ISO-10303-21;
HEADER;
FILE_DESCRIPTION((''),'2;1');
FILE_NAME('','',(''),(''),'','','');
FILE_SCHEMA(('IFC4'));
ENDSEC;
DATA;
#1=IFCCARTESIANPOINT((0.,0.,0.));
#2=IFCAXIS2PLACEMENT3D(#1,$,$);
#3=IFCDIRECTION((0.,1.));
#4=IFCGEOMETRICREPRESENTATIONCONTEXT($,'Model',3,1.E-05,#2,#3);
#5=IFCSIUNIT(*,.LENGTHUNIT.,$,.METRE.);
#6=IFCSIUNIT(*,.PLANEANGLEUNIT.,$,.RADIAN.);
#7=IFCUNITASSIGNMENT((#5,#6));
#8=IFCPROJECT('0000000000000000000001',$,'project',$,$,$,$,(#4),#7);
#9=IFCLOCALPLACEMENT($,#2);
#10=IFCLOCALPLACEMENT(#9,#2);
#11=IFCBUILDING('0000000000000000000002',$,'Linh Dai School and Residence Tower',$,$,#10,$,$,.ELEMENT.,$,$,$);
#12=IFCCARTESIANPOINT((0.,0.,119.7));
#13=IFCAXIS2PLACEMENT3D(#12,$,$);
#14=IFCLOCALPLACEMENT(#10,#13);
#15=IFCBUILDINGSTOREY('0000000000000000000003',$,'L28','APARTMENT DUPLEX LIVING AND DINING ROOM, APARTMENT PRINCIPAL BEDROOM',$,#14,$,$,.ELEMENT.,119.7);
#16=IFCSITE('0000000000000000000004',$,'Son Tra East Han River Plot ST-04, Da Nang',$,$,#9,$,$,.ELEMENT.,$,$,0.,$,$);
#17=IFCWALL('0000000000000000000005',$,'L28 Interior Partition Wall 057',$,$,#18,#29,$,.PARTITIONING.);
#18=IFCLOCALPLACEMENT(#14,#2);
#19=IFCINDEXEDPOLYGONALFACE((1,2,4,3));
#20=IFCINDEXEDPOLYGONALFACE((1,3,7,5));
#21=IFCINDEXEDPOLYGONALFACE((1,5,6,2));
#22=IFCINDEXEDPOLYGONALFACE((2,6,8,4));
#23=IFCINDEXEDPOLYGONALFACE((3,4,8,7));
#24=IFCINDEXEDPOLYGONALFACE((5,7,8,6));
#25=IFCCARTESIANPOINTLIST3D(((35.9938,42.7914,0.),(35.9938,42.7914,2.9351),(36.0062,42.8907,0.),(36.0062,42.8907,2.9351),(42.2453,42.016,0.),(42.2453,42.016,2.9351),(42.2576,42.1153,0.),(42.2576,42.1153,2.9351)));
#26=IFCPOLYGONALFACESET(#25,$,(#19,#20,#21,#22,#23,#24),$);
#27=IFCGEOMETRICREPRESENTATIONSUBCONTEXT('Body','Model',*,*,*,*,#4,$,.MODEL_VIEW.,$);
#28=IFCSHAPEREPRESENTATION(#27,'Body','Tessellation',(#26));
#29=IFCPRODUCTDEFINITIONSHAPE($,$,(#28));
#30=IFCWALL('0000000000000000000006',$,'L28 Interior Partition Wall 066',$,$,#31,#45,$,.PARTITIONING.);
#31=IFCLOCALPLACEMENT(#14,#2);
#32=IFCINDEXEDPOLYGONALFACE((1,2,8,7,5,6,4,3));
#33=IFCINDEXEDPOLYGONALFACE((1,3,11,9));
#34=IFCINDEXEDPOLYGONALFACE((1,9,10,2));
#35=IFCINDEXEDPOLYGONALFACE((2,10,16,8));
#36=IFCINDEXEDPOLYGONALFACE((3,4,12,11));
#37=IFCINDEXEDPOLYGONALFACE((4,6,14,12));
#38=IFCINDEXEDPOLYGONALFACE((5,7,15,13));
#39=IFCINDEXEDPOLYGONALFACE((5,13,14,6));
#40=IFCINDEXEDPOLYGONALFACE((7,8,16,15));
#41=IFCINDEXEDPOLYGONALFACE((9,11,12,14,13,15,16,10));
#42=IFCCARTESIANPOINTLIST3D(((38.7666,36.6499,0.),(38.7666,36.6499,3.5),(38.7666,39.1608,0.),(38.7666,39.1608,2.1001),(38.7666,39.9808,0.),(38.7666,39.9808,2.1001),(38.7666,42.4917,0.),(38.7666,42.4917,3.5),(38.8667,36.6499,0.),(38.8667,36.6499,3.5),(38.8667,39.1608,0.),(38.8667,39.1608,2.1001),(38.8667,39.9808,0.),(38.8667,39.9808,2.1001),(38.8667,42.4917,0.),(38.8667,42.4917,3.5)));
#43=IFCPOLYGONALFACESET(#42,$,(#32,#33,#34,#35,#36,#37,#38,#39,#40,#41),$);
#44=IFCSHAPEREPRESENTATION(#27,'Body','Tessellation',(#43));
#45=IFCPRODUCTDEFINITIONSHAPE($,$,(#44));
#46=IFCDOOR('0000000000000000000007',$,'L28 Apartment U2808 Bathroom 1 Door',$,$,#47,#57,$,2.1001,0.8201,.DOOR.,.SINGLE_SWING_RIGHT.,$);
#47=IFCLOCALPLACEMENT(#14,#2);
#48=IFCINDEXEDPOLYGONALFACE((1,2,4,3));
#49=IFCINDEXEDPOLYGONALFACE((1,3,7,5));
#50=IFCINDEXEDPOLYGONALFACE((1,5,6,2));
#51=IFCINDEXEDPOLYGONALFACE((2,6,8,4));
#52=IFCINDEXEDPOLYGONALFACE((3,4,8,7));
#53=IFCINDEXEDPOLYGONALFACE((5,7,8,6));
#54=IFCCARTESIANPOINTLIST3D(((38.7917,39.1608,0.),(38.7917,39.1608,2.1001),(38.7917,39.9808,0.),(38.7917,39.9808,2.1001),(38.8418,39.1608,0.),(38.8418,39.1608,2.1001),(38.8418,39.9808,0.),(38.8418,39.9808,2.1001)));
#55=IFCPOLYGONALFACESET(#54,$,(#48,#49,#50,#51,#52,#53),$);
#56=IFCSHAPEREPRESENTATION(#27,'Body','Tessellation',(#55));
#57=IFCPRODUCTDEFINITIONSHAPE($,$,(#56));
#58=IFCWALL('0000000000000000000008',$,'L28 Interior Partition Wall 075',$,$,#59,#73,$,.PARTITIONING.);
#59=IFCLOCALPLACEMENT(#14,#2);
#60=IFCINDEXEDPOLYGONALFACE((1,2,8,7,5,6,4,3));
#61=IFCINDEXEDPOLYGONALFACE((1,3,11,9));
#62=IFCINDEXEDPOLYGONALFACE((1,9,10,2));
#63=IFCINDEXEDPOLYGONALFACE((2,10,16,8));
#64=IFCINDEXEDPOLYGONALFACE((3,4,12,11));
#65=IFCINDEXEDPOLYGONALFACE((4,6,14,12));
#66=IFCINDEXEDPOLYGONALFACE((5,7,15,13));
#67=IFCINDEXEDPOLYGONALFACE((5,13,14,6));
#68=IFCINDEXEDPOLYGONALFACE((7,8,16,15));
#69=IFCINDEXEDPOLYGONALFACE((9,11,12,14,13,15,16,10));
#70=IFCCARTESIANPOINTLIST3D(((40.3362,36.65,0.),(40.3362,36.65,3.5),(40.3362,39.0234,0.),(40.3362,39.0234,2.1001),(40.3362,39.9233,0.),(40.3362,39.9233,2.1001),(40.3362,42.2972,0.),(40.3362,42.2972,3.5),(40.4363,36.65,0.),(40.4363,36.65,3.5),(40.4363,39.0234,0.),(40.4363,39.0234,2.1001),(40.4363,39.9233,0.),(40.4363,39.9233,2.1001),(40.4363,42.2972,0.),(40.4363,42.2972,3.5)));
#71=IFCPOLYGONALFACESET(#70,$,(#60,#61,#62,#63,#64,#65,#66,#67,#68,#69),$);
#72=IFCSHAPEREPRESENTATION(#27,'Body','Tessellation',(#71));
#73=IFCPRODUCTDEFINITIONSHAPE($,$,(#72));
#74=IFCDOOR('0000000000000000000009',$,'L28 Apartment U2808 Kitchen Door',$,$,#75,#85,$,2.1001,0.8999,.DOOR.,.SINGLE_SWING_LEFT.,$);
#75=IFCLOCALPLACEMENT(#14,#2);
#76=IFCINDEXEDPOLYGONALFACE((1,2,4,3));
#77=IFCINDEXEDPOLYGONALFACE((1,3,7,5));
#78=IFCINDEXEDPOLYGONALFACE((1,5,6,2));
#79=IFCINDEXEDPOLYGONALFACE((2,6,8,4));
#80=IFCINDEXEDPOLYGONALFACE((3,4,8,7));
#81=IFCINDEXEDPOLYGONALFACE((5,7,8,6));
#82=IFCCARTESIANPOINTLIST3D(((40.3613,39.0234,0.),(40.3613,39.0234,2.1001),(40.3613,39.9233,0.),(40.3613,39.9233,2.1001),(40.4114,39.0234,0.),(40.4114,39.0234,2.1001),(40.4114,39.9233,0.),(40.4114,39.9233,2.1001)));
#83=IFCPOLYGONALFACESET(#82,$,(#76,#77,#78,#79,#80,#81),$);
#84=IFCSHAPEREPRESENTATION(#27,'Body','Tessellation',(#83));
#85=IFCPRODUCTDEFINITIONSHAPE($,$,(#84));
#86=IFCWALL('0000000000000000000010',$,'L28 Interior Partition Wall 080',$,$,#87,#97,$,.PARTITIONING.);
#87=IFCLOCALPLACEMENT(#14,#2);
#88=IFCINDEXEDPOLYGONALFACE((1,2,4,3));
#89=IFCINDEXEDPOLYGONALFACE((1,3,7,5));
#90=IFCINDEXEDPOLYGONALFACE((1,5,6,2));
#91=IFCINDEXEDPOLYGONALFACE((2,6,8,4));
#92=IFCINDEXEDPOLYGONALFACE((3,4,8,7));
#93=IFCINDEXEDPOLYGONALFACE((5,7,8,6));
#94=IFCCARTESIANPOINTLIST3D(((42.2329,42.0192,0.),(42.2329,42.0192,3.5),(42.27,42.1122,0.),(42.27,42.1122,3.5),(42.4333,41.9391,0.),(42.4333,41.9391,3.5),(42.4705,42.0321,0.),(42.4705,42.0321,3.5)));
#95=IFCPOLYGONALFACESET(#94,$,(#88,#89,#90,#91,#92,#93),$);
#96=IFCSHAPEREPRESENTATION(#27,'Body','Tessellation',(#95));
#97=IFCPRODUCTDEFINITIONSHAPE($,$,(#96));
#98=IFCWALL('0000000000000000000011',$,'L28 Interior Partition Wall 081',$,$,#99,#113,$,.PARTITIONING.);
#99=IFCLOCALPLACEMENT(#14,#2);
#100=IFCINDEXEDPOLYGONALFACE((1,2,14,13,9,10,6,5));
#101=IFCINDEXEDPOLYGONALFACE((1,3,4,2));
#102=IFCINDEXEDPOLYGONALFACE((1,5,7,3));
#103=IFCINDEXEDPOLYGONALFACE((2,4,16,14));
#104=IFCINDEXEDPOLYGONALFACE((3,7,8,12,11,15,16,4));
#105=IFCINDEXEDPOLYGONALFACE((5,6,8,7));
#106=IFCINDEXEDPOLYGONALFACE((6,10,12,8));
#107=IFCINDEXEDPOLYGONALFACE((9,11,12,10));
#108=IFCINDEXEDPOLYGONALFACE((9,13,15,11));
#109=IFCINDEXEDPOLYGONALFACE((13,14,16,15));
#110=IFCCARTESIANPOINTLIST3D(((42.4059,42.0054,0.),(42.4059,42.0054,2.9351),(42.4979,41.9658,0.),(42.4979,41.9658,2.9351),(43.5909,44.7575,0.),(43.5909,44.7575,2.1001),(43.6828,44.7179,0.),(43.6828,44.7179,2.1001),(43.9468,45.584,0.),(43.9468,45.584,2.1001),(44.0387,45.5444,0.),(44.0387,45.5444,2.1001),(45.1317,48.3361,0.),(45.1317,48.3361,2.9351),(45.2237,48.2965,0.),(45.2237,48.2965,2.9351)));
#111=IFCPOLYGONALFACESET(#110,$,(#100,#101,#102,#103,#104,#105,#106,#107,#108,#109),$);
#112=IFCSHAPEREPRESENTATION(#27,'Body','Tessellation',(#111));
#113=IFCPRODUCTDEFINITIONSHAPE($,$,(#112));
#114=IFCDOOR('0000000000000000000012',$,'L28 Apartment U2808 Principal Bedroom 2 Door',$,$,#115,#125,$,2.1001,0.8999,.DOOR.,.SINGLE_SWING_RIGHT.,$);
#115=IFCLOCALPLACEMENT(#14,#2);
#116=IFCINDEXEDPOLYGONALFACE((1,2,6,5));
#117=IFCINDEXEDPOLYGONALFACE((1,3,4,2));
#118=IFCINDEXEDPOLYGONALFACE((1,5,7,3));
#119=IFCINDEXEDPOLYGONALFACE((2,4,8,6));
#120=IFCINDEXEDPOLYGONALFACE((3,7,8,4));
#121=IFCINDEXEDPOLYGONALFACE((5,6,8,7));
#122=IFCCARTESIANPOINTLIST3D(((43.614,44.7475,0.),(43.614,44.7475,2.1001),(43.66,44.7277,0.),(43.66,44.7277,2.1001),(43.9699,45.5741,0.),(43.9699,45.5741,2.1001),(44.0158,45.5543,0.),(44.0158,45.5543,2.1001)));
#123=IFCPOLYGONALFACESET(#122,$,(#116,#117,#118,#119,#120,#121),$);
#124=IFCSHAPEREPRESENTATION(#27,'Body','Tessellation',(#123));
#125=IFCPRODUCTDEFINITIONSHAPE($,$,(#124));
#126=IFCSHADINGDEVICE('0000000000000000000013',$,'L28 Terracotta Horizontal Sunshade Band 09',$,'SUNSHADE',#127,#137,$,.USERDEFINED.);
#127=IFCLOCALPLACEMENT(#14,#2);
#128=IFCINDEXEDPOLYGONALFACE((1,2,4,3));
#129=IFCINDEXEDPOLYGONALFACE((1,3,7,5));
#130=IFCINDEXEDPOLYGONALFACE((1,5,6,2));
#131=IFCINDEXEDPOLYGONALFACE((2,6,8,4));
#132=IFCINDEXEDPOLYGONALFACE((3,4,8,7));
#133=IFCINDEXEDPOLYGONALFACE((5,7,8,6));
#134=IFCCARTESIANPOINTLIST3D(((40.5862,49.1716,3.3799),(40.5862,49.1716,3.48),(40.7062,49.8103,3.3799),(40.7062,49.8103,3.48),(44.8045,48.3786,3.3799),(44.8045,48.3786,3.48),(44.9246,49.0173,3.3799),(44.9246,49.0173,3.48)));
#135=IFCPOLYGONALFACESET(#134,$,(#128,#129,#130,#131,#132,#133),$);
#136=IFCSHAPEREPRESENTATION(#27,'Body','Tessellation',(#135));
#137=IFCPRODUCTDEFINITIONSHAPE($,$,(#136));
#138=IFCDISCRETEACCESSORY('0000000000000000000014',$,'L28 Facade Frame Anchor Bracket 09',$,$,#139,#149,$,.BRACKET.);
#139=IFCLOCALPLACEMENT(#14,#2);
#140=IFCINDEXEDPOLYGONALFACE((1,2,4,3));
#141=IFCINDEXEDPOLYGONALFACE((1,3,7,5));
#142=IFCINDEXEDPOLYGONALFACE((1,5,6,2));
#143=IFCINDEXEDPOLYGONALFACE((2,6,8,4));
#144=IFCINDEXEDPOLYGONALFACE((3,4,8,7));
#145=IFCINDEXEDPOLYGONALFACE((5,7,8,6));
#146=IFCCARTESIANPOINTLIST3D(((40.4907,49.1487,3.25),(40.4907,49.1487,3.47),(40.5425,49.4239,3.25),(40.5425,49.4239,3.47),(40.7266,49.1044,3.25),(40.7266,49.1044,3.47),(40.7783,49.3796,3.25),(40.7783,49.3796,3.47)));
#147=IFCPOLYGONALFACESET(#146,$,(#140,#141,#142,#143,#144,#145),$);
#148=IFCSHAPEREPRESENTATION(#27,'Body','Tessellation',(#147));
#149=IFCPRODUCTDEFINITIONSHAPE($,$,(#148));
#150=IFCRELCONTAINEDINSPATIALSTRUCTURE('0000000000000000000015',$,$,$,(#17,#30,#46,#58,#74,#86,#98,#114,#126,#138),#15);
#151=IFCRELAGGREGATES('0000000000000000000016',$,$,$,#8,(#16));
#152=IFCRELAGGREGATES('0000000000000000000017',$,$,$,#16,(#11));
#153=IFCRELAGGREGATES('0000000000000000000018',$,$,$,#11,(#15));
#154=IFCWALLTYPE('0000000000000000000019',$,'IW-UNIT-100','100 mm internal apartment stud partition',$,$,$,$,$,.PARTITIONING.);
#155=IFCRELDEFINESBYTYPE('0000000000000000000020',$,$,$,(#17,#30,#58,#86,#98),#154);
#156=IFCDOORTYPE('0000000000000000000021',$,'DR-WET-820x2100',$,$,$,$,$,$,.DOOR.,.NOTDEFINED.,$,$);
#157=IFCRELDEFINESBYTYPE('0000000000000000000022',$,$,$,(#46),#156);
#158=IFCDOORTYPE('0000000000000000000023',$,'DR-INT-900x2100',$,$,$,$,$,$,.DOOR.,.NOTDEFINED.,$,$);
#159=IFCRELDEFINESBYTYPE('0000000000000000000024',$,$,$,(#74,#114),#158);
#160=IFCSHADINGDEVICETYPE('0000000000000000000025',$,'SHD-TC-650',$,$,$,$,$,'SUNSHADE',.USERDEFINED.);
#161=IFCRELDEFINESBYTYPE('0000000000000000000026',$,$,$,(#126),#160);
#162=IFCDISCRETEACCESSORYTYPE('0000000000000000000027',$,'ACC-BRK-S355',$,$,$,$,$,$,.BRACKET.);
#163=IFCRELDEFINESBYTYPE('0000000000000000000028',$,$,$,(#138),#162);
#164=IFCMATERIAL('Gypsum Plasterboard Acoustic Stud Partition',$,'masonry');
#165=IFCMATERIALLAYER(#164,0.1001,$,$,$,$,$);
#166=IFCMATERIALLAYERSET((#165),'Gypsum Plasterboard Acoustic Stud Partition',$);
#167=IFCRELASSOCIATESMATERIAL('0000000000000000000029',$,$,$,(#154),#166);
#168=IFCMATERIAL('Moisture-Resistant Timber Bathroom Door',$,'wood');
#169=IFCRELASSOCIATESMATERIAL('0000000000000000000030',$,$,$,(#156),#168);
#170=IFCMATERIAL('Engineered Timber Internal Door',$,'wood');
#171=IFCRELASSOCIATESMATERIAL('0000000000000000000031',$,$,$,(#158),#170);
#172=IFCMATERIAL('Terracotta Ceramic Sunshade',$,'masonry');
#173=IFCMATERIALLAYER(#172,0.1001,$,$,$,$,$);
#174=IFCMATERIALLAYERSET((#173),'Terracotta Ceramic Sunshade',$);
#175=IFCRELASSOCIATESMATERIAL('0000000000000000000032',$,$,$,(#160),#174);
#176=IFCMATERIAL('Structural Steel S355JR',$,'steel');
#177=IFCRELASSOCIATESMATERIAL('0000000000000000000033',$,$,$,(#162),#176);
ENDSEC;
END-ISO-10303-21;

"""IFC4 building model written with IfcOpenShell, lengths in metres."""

from ifc_helpers import new_model, si_unit, direction, frame, frame_2d, origin, origin_2d, place, context, subcontext, project, spatial, rectangle, extrude, source, transform, mapped, material, layer, layer_set, type_object, element, fill, save


model = new_model("IFC4")

# Units and contexts
model_context = context("Model", 3, precision=1e-05, world=origin(), true_north=direction((0.0, 1.0)))
body_context = subcontext(model_context, "Body", "Model", "MODEL_VIEW")
ifc_project = project(units=[si_unit("LENGTHUNIT", "METRE"), si_unit("PLANEANGLEUNIT", "RADIAN")], contexts=[model_context])

# Site, building, storey
site_placement = place(None, origin())
site = spatial("IfcSite", under=ifc_project, at=site_placement, Name="Son Tra East Han River Plot ST-04, Da Nang", CompositionType="ELEMENT", RefElevation=0.0)
building_placement = place(site_placement, origin())
building = spatial("IfcBuilding", under=site, at=building_placement, Name="Linh Dai School and Residence Tower", CompositionType="ELEMENT")
storey_placement = place(building_placement, frame((0.0, 0.0, 119.7)))
storey = spatial("IfcBuildingStorey", under=building, at=storey_placement, Name="L28", Description="APARTMENT DUPLEX LIVING AND DINING ROOM, APARTMENT PRINCIPAL BEDROOM", CompositionType="ELEMENT", Elevation=119.7)

# Shared definitions
ifc_material_1 = material(Name="Structural Steel S355JR", Category="steel")

# Wall
ifc_material_2 = material(Name="Gypsum Plasterboard Acoustic Stud Partition", Category="masonry")
ifc_layer_1 = layer(ifc_material_2, 0.1001)
ifc_layer_set_1 = layer_set([ifc_layer_1], Name="Gypsum Plasterboard Acoustic Stud Partition")
wall_type_1 = type_object("IfcWallType", Name="IW-UNIT-100", Description="100 mm internal apartment stud partition", PredefinedType="PARTITIONING", material=ifc_layer_set_1)
wall_1_placement = place(storey_placement, frame((36.0, 42.8411, 0.0), z_axis=(0.0, 0.0, 1.0), x_axis=(0.992395, -0.12309, 0.0)))
element("IfcWall", 1, at=wall_1_placement, inside=storey, type_object=wall_type_1, Name="L28 Interior Partition Wall 057", PredefinedType="PARTITIONING", context=body_context, shape_type="SweptSolid", body=[
    extrude(rectangle(XDim=6.2993, YDim=0.1001, at=frame_2d((3.1497, 0.0))), origin(), (0.0, 0.0, 1.0), 2.9351),
])

# Walls, openings, doors
wall_2_placement = place(storey_placement, frame((38.8167, 36.6499, 0.0), z_axis=(0.0, 0.0, 1.0), x_axis=(0.0, 1.0, 0.0)))
wall_2 = element("IfcWall", 2, at=wall_2_placement, inside=storey, type_object=wall_type_1, Name="L28 Interior Partition Wall 066", PredefinedType="PARTITIONING", context=body_context, shape_type="SweptSolid", body=[
    extrude(rectangle(XDim=5.8418, YDim=0.1001, at=frame_2d((2.9209, 0.0))), origin(), (0.0, 0.0, 1.0), 3.5),
])
opening_1_placement = place(wall_2_placement, frame((2.5107, 0.0, 0.0)))
opening_1 = element("IfcOpeningElement", 3, at=opening_1_placement, cuts=wall_2, PredefinedType="OPENING", context=body_context, shape_type="SweptSolid", body=[
    extrude(rectangle(XDim=0.8201, YDim=2.1001, at=origin_2d()), frame((0.4102, 0.0601, 1.05), z_axis=(0.0, -1.0, 0.0), x_axis=(1.0, 0.0, 0.0)), (0.0, 0.0, 1.0), 0.1201),
])
ifc_material_3 = material(Name="Moisture-Resistant Timber Bathroom Door", Category="wood")
door_type_1 = type_object("IfcDoorType", Name="DR-WET-820x2100", OperationType="NOTDEFINED", PredefinedType="DOOR", material=ifc_material_3)
shared_shape_1 = source(origin(), body_context, "Body", "SweptSolid", [
    extrude(rectangle(XDim=0.8201, YDim=2.1001, at=origin_2d()), frame((0.4102, 0.0249, 1.05), z_axis=(0.0, -1.0, 0.0), x_axis=(1.0, 0.0, 0.0)), (0.0, 0.0, 1.0), 0.05),
])
door_1_placement = place(opening_1_placement, origin())
door_1 = element("IfcDoor", 4, at=door_1_placement, inside=storey, type_object=door_type_1, Name="L28 Apartment U2808 Bathroom 1 Door", OperationType="SINGLE_SWING_RIGHT", OverallHeight=2.1001, OverallWidth=0.8201, PredefinedType="DOOR", context=body_context, shape_type="MappedRepresentation", body=[
    mapped(shared_shape_1, transform((0.0, 0.0, 0.0), x_axis=(1.0, 0.0, 0.0), y_axis=(0.0, 1.0, 0.0), z_axis=(0.0, 0.0, 1.0), scale=1.0)),
])
fill(opening_1, door_1)
wall_3_placement = place(storey_placement, frame((40.3862, 36.6499, 0.0), z_axis=(0.0, 0.0, 1.0), x_axis=(0.0, 1.0, 0.0)))
wall_3 = element("IfcWall", 5, at=wall_3_placement, inside=storey, type_object=wall_type_1, Name="L28 Interior Partition Wall 075", PredefinedType="PARTITIONING", context=body_context, shape_type="SweptSolid", body=[
    extrude(rectangle(XDim=5.6472, YDim=0.1001, at=frame_2d((2.8237, 0.0))), origin(), (0.0, 0.0, 1.0), 3.5),
])
opening_2_placement = place(wall_3_placement, frame((2.3735, 0.0, 0.0)))
opening_2 = element("IfcOpeningElement", 6, at=opening_2_placement, cuts=wall_3, PredefinedType="OPENING", context=body_context, shape_type="SweptSolid", body=[
    extrude(rectangle(XDim=0.8999, YDim=2.1001, at=origin_2d()), frame((0.45, 0.0601, 1.05), z_axis=(0.0, -1.0, 0.0), x_axis=(1.0, 0.0, 0.0)), (0.0, 0.0, 1.0), 0.1201),
])
ifc_material_4 = material(Name="Engineered Timber Internal Door", Category="wood")
door_type_2 = type_object("IfcDoorType", Name="DR-INT-900x2100", OperationType="NOTDEFINED", PredefinedType="DOOR", material=ifc_material_4)
shared_shape_2 = source(origin(), body_context, "Body", "SweptSolid", [
    extrude(rectangle(XDim=0.8999, YDim=2.1001, at=origin_2d()), frame((0.45, 0.0249, 1.05), z_axis=(0.0, -1.0, 0.0), x_axis=(1.0, 0.0, 0.0)), (0.0, 0.0, 1.0), 0.05),
])
door_2_placement = place(opening_2_placement, origin())
door_2 = element("IfcDoor", 7, at=door_2_placement, inside=storey, type_object=door_type_2, Name="L28 Apartment U2808 Kitchen Door", OperationType="SINGLE_SWING_LEFT", OverallHeight=2.1001, OverallWidth=0.8999, PredefinedType="DOOR", context=body_context, shape_type="MappedRepresentation", body=[
    mapped(shared_shape_2, transform((0.0, 0.0, 0.0), x_axis=(1.0, 0.0, 0.0), y_axis=(0.0, 1.0, 0.0), z_axis=(0.0, 0.0, 1.0), scale=1.0)),
])
fill(opening_2, door_2)

# Wall
wall_4_placement = place(storey_placement, frame((42.2515, 42.0657, 0.0), z_axis=(0.0, 0.0, 1.0), x_axis=(0.928633, -0.371001, 0.0)))
element("IfcWall", 8, at=wall_4_placement, inside=storey, type_object=wall_type_1, Name="L28 Interior Partition Wall 080", PredefinedType="PARTITIONING", context=body_context, shape_type="SweptSolid", body=[
    extrude(rectangle(XDim=0.2158, YDim=0.1001, at=frame_2d((0.1079, 0.0))), origin(), (0.0, 0.0, 1.0), 3.5),
])

# Wall, opening, door
wall_5_placement = place(storey_placement, frame((42.4519, 41.9856, 0.0), z_axis=(0.0, 0.0, 1.0), x_axis=(0.395466, 0.918481, 0.0)))
wall_5 = element("IfcWall", 9, at=wall_5_placement, inside=storey, type_object=wall_type_1, Name="L28 Interior Partition Wall 081", PredefinedType="PARTITIONING", context=body_context, shape_type="SweptSolid", body=[
    extrude(rectangle(XDim=6.8926, YDim=0.1001, at=frame_2d((3.4463, 0.0))), origin(), (0.0, 0.0, 1.0), 2.9351),
])
opening_3_placement = place(wall_5_placement, frame((2.9963, 0.0, 0.0)))
opening_3 = element("IfcOpeningElement", 10, at=opening_3_placement, cuts=wall_5, PredefinedType="OPENING", context=body_context, shape_type="SweptSolid", body=[
    extrude(rectangle(XDim=0.8999, YDim=2.1001, at=origin_2d()), frame((0.45, 0.0601, 1.05), z_axis=(0.0, -1.0, 0.0), x_axis=(1.0, 0.0, 0.0)), (0.0, 0.0, 1.0), 0.1201),
])
door_3_placement = place(opening_3_placement, origin())
door_3 = element("IfcDoor", 11, at=door_3_placement, inside=storey, type_object=door_type_2, Name="L28 Apartment U2808 Principal Bedroom 2 Door", OperationType="SINGLE_SWING_RIGHT", OverallHeight=2.1001, OverallWidth=0.8999, PredefinedType="DOOR", context=body_context, shape_type="MappedRepresentation", body=[
    mapped(shared_shape_2, transform((0.0, 0.0, 0.0), x_axis=(1.0, 0.0, 0.0), y_axis=(0.0, 1.0, 0.0), z_axis=(0.0, 0.0, 1.0), scale=1.0)),
])
fill(opening_3, door_3)

# Shading device
ifc_material_5 = material(Name="Terracotta Ceramic Sunshade", Category="masonry")
ifc_layer_2 = layer(ifc_material_5, 0.1001)
ifc_layer_set_2 = layer_set([ifc_layer_2], Name="Terracotta Ceramic Sunshade")
shading_device_type = type_object("IfcShadingDeviceType", Name="SHD-TC-650", ElementType="SUNSHADE", PredefinedType="USERDEFINED", material=ifc_layer_set_2)
shared_shape_3 = source(origin(), body_context, "Body", "SweptSolid", [
    extrude(rectangle(XDim=4.2922, YDim=0.6499, at=origin_2d()), origin(), (0.0, 0.0, 1.0), 0.1001),
])
shading_device_placement = place(storey_placement, frame((42.7554, 49.0945, 3.3799), z_axis=(0.0, 0.0, 1.0), x_axis=(0.982785, -0.184755, 0.0)))
element("IfcShadingDevice", 12, at=shading_device_placement, inside=storey, type_object=shading_device_type, Name="L28 Terracotta Horizontal Sunshade Band 09", ObjectType="SUNSHADE", PredefinedType="USERDEFINED", context=body_context, shape_type="MappedRepresentation", body=[
    mapped(shared_shape_3, transform((0.0, 0.0, 0.0), x_axis=(1.0, 0.0, 0.0), y_axis=(0.0, 1.0, 0.0), z_axis=(0.0, 0.0, 1.0), scale=1.0)),
])

# Discrete accessory
discrete_accessory_type = type_object("IfcDiscreteAccessoryType", Name="ACC-BRK-S355", PredefinedType="BRACKET", material=ifc_material_1)
shared_shape_4 = source(origin(), body_context, "Body", "SweptSolid", [
    extrude(rectangle(XDim=0.28, YDim=0.24, at=origin_2d()), origin(), (0.0, 0.0, 1.0), 0.22),
])
discrete_accessory_placement = place(storey_placement, frame((40.6345, 49.2642, 3.25), z_axis=(0.0, 0.0, 1.0), x_axis=(0.184755, 0.982785, 0.0)))
element("IfcDiscreteAccessory", 13, at=discrete_accessory_placement, inside=storey, type_object=discrete_accessory_type, Name="L28 Facade Frame Anchor Bracket 09", PredefinedType="BRACKET", context=body_context, shape_type="MappedRepresentation", body=[
    mapped(shared_shape_4, transform((0.0, 0.0, 0.0), x_axis=(1.0, 0.0, 0.0), y_axis=(0.0, 1.0, 0.0), z_axis=(0.0, 0.0, 1.0), scale=1.0)),
])

save(model, "model.ifc")
